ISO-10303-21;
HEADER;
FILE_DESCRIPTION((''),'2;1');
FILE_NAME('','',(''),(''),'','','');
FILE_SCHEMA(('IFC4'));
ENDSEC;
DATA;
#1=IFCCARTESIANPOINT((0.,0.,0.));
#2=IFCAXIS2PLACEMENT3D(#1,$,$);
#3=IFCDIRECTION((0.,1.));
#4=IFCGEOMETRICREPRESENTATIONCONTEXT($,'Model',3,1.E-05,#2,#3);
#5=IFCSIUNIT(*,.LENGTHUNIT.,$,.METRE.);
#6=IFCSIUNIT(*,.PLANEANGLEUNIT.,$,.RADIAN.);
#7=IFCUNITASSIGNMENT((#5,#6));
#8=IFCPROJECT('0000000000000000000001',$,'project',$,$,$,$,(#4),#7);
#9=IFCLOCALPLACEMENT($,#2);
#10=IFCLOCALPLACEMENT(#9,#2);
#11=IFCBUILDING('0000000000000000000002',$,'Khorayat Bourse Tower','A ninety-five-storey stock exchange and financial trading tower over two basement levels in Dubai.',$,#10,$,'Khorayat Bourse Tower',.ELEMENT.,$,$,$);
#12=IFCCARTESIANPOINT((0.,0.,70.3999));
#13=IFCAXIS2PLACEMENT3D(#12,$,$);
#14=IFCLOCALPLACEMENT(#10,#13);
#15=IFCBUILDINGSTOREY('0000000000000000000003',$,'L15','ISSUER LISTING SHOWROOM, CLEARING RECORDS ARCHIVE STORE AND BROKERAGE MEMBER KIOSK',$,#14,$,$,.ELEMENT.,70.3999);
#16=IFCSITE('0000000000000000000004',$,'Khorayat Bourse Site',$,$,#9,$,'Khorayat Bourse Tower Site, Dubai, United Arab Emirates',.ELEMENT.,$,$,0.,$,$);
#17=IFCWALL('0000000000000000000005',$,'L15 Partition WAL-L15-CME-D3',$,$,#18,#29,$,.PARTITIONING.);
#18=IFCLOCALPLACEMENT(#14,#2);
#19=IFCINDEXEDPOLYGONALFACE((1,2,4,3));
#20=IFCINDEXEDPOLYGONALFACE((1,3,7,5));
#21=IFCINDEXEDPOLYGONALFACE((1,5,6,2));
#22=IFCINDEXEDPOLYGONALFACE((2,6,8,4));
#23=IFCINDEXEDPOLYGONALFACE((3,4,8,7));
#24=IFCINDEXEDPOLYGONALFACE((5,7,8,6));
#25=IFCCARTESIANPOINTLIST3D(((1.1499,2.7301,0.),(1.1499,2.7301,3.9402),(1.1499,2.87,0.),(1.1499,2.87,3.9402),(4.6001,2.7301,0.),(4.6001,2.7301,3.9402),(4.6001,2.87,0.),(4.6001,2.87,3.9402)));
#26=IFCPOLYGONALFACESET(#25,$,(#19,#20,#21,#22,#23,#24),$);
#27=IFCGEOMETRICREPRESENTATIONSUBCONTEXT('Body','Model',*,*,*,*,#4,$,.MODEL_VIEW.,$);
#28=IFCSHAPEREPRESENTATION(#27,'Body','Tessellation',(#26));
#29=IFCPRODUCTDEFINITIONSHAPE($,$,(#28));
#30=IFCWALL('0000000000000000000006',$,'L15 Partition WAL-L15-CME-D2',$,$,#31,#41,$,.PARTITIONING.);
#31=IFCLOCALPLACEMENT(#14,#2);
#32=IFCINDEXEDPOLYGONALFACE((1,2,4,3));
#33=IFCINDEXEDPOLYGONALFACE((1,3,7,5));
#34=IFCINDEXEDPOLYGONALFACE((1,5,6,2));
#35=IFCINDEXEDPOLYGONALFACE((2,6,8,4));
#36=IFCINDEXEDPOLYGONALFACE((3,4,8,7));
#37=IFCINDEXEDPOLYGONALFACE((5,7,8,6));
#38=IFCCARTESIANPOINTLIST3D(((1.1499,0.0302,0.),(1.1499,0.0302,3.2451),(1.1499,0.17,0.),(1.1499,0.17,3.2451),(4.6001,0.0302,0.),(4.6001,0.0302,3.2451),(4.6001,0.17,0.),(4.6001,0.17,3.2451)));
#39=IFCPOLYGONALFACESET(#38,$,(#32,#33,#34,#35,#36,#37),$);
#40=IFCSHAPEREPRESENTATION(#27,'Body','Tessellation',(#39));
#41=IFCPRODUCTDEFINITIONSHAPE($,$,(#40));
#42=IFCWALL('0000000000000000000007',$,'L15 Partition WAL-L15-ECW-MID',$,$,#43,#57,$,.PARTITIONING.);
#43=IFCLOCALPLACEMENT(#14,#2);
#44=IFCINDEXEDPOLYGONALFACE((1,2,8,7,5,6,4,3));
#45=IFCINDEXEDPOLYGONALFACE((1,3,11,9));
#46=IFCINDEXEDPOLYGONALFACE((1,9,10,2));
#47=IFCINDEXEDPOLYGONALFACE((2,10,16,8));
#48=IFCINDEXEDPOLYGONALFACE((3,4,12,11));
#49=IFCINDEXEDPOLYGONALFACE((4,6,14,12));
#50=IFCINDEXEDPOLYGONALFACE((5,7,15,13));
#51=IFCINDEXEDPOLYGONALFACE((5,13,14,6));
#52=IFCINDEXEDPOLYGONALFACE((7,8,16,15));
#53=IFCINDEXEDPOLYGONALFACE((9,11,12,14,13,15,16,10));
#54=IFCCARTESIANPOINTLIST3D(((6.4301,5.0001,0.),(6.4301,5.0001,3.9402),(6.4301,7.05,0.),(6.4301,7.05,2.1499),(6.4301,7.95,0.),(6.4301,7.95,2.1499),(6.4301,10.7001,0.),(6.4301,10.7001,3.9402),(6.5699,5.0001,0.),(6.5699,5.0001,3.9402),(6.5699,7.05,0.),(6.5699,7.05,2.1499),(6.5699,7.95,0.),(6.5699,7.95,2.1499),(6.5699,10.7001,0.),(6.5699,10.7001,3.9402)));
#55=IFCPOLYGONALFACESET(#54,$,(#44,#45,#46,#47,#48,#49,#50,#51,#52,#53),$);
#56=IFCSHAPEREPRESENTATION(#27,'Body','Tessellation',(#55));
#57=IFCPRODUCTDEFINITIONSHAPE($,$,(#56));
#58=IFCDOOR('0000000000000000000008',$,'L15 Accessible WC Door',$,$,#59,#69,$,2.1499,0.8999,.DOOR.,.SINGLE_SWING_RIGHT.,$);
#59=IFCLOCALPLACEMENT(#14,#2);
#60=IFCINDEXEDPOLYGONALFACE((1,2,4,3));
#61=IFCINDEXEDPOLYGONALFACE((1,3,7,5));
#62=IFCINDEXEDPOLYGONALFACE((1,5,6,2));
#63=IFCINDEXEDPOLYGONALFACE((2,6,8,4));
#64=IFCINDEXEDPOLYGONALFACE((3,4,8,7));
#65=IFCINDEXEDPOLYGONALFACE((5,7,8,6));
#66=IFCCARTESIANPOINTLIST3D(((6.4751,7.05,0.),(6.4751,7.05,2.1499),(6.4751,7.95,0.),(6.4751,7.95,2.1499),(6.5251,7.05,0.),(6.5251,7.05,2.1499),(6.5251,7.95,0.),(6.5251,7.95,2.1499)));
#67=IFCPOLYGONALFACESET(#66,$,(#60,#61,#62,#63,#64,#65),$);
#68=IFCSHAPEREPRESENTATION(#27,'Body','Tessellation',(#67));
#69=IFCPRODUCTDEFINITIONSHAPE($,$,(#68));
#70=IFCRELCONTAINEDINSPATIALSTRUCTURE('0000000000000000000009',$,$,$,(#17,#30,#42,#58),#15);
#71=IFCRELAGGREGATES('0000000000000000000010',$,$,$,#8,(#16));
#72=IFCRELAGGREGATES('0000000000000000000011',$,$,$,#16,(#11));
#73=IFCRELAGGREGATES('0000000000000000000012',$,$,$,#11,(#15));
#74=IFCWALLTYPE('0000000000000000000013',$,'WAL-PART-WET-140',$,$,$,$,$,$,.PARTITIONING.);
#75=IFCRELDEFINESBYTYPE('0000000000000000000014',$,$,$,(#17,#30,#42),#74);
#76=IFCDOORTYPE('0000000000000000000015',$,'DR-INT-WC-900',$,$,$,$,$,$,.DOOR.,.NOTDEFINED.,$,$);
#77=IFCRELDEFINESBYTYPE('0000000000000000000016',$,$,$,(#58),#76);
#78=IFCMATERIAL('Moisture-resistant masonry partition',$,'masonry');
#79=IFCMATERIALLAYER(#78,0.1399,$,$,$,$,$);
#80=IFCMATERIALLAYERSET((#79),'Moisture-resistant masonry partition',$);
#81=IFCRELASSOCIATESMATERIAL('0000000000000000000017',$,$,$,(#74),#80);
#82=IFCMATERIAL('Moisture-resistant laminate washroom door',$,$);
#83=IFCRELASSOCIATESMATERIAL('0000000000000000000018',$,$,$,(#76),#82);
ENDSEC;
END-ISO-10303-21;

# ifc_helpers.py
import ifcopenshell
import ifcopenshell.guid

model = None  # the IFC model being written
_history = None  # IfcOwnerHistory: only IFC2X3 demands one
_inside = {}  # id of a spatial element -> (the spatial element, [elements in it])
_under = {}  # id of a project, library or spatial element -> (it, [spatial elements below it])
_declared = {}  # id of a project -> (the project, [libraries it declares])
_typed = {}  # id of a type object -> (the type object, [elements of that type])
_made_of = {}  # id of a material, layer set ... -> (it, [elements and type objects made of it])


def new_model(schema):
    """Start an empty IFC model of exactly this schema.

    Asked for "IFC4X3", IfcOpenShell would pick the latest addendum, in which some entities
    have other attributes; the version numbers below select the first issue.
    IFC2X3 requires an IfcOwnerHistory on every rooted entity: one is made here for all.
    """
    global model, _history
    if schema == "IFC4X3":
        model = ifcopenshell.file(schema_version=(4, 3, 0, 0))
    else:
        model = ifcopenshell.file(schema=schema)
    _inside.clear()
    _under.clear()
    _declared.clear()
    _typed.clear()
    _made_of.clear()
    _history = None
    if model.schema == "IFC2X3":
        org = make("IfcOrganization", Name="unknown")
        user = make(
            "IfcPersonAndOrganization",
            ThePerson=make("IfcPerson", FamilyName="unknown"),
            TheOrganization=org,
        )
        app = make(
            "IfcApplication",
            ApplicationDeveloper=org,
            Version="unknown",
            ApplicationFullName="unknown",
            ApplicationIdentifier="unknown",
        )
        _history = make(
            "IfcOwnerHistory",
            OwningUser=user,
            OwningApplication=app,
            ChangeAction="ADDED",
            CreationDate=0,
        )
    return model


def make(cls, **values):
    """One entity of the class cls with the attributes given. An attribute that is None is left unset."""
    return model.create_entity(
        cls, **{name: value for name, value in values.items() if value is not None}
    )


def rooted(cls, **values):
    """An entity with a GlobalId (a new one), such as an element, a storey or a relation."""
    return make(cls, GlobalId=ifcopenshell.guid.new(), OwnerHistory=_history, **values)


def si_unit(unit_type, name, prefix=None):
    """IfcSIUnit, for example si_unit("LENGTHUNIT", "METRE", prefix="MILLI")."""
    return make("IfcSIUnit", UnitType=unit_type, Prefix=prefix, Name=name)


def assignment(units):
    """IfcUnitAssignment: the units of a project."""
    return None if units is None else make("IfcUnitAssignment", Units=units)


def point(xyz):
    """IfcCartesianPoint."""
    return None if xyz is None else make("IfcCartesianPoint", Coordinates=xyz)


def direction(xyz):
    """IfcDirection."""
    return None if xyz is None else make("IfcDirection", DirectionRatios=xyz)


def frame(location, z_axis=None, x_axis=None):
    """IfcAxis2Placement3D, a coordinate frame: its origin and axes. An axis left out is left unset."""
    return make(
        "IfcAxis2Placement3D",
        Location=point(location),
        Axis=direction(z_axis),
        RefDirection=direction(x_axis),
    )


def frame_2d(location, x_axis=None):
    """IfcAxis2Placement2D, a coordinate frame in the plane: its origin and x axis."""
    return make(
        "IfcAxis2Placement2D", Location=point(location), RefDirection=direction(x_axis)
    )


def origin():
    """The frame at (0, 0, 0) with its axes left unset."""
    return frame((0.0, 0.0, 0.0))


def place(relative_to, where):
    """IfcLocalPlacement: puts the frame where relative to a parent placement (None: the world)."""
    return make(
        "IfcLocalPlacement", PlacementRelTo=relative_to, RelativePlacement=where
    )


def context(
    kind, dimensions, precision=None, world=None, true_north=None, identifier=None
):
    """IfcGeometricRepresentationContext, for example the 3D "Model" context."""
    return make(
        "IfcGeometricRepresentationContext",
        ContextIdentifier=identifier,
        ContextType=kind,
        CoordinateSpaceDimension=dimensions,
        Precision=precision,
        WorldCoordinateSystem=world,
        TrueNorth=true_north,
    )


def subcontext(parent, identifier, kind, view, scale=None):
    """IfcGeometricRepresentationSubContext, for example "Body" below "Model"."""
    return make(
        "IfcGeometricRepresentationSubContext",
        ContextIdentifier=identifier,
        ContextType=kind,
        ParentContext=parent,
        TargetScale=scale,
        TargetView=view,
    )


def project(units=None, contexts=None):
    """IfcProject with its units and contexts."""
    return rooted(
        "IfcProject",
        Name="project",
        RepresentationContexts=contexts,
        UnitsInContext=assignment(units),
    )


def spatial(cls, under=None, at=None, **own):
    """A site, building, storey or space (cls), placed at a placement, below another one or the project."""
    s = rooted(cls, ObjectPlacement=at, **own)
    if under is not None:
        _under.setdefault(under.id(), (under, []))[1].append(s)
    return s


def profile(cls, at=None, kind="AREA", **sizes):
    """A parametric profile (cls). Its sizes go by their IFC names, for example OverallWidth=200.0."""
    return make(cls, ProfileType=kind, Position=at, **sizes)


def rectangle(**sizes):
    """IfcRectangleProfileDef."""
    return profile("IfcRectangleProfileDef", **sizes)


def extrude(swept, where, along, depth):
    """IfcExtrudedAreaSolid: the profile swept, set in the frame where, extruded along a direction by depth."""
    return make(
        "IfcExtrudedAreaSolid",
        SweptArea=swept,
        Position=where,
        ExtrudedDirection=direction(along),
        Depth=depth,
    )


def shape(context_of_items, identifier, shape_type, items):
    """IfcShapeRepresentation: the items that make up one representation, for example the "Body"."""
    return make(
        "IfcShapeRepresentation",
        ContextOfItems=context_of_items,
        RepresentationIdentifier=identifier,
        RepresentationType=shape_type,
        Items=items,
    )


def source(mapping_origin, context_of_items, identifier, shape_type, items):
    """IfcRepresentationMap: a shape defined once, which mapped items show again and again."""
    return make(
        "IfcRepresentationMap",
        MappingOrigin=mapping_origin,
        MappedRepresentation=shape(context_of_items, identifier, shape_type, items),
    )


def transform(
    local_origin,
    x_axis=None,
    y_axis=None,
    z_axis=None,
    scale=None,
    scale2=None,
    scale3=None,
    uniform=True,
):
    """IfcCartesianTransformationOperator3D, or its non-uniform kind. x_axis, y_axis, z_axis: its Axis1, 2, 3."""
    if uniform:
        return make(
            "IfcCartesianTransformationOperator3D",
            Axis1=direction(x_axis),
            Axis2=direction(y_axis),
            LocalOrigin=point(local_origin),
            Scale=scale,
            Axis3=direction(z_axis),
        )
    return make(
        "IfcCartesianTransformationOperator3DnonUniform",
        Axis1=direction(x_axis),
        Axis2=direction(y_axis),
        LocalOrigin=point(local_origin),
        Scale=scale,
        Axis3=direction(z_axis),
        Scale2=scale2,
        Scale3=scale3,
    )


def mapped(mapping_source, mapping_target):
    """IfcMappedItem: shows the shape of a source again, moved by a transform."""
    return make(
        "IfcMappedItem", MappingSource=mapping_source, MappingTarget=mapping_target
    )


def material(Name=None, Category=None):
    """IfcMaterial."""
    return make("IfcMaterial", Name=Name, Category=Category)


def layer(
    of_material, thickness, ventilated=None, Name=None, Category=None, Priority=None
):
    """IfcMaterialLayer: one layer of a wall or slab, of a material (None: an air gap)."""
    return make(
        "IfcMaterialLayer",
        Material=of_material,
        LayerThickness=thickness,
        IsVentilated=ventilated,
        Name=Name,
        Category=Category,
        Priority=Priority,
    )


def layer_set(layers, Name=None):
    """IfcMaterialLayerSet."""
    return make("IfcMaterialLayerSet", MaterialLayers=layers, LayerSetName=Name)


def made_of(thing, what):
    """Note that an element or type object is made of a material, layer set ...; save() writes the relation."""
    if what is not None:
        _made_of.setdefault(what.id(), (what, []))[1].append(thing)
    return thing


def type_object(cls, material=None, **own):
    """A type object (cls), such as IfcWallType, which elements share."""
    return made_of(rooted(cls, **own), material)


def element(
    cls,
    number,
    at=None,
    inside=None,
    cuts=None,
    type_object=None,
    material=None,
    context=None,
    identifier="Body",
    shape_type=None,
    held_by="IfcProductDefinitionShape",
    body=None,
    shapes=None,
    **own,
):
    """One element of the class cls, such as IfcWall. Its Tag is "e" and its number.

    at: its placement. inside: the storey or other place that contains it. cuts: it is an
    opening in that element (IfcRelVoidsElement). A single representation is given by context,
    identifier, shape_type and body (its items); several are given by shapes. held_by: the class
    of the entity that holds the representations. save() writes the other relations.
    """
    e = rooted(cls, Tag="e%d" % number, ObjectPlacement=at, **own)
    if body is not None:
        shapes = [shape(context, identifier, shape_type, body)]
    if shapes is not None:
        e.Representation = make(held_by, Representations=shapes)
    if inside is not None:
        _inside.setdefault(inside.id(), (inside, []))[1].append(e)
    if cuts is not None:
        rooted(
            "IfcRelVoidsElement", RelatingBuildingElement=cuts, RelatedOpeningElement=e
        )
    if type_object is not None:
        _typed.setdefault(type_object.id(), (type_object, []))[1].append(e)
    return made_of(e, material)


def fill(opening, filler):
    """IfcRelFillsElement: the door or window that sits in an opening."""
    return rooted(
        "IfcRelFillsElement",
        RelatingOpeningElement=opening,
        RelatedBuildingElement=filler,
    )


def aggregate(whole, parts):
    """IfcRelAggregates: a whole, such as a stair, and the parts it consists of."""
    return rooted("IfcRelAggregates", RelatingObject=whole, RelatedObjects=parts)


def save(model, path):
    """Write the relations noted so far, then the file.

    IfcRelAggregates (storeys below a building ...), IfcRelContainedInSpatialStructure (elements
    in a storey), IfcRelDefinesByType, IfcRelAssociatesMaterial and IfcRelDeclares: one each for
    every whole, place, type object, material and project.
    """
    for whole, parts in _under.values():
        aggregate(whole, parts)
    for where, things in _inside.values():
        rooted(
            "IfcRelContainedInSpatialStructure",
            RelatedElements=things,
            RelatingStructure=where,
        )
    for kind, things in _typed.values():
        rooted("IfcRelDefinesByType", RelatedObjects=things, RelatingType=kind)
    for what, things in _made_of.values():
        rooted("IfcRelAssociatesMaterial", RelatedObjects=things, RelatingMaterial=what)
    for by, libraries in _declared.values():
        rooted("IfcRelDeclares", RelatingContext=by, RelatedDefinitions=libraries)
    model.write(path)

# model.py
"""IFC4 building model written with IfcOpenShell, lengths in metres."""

from ifc_helpers import new_model, si_unit, direction, frame, frame_2d, origin, place, context, subcontext, project, spatial, rectangle, extrude, source, transform, mapped, material, layer, layer_set, type_object, element, fill, save


model = new_model("IFC4")

# Units and contexts
model_context = context("Model", 3, precision=1e-05, world=origin(), true_north=direction((0.0, 1.0)))
body_context = subcontext(model_context, "Body", "Model", "MODEL_VIEW")
ifc_project = project(units=[si_unit("LENGTHUNIT", "METRE"), si_unit("PLANEANGLEUNIT", "RADIAN")], contexts=[model_context])

# Site, building, storey
site_placement = place(None, origin())
site = spatial("IfcSite", under=ifc_project, at=site_placement, Name="Khorayat Bourse Site", LongName="Khorayat Bourse Tower Site, Dubai, United Arab Emirates", CompositionType="ELEMENT", RefElevation=0.0)
building_placement = place(site_placement, origin())
building = spatial("IfcBuilding", under=site, at=building_placement, Name="Khorayat Bourse Tower", Description="A ninety-five-storey stock exchange and financial trading tower over two basement levels in Dubai.", LongName="Khorayat Bourse Tower", CompositionType="ELEMENT")
storey_placement = place(building_placement, frame((0.0, 0.0, 70.3999)))
storey = spatial("IfcBuildingStorey", under=building, at=storey_placement, Name="L15", Description="ISSUER LISTING SHOWROOM, CLEARING RECORDS ARCHIVE STORE AND BROKERAGE MEMBER KIOSK", CompositionType="ELEMENT", Elevation=70.3999)

# Shared definitions
ifc_material_1 = material(Name="Moisture-resistant masonry partition", Category="masonry")
ifc_layer_1 = layer(ifc_material_1, 0.1399)
ifc_layer_set_1 = layer_set([ifc_layer_1], Name="Moisture-resistant masonry partition")
wall_type_1 = type_object("IfcWallType", Name="WAL-PART-WET-140", PredefinedType="PARTITIONING", material=ifc_layer_set_1)

# Shared definitions
shared_shape_1 = source(origin(), body_context, "Body", "SweptSolid", [
    extrude(rectangle(XDim=0.8999, YDim=2.1499, at=frame_2d((0.45, 1.075))), frame((0.0, 0.0798, 0.0), z_axis=(0.0, -1.0, 0.0), x_axis=(1.0, 0.0, 0.0)), (0.0, 0.0, 1.0), 0.1599),
])
ifc_material_2 = material(Name="Moisture-resistant laminate washroom door")
door_type = type_object("IfcDoorType", Name="DR-INT-WC-900", OperationType="NOTDEFINED", PredefinedType="DOOR", material=ifc_material_2)
shared_shape_2 = source(origin(), body_context, "Body", "SweptSolid", [
    extrude(rectangle(XDim=0.8999, YDim=2.1499, at=frame_2d((0.45, 1.075))), frame((0.0, 0.0249, 0.0), z_axis=(0.0, -1.0, 0.0), x_axis=(1.0, 0.0, 0.0)), (0.0, 0.0, 1.0), 0.05),
])

# Walls
shared_shape_3 = source(origin(), body_context, "Body", "SweptSolid", [
    extrude(rectangle(XDim=3.4502, YDim=0.1399, at=frame_2d((1.7251, 0.0))), origin(), (0.0, 0.0, 1.0), 3.9402),
])
wall_1_placement = place(storey_placement, frame((1.1499, 2.8, 0.0), z_axis=(0.0, 0.0, 1.0), x_axis=(1.0, 0.0, 0.0)))
element("IfcWall", 1, at=wall_1_placement, inside=storey, type_object=wall_type_1, Name="L15 Partition WAL-L15-CME-D3", PredefinedType="PARTITIONING", context=body_context, shape_type="MappedRepresentation", body=[
    mapped(shared_shape_3, transform((0.0, 0.0, 0.0), scale=1.0)),
])
shared_shape_4 = source(origin(), body_context, "Body", "SweptSolid", [
    extrude(rectangle(XDim=3.4502, YDim=0.1399, at=frame_2d((1.7251, 0.0))), origin(), (0.0, 0.0, 1.0), 3.2451),
])
wall_2_placement = place(storey_placement, frame((1.1499, 0.1001, 0.0), z_axis=(0.0, 0.0, 1.0), x_axis=(1.0, 0.0, 0.0)))
element("IfcWall", 2, at=wall_2_placement, inside=storey, type_object=wall_type_1, Name="L15 Partition WAL-L15-CME-D2", PredefinedType="PARTITIONING", context=body_context, shape_type="MappedRepresentation", body=[
    mapped(shared_shape_4, transform((0.0, 0.0, 0.0), scale=1.0)),
])

# Wall, opening, door
shared_shape_5 = source(origin(), body_context, "Body", "SweptSolid", [
    extrude(rectangle(XDim=5.7, YDim=0.1399, at=frame_2d((2.8501, 0.0))), origin(), (0.0, 0.0, 1.0), 3.9402),
])
wall_3_placement = place(storey_placement, frame((6.5, 5.0, 0.0), z_axis=(0.0, 0.0, 1.0), x_axis=(0.0, 1.0, 0.0)))
wall_3 = element("IfcWall", 3, at=wall_3_placement, inside=storey, type_object=wall_type_1, Name="L15 Partition WAL-L15-ECW-MID", PredefinedType="PARTITIONING", context=body_context, shape_type="MappedRepresentation", body=[
    mapped(shared_shape_5, transform((0.0, 0.0, 0.0), scale=1.0)),
])
opening_1_placement = place(wall_3_placement, frame((2.05, 0.0, 0.0)))
opening_1 = element("IfcOpeningElement", 4, at=opening_1_placement, cuts=wall_3, PredefinedType="OPENING", context=body_context, shape_type="MappedRepresentation", body=[
    mapped(shared_shape_1, transform((0.0, 0.0, 0.0), scale=1.0)),
])
door_1_placement = place(opening_1_placement, origin())
door_1 = element("IfcDoor", 5, at=door_1_placement, inside=storey, type_object=door_type, Name="L15 Accessible WC Door", OperationType="SINGLE_SWING_RIGHT", OverallHeight=2.1499, OverallWidth=0.8999, PredefinedType="DOOR", context=body_context, shape_type="MappedRepresentation", body=[
    mapped(shared_shape_2, transform((0.0, 0.0, 0.0), scale=1.0)),
])
fill(opening_1, door_1)

save(model, "model.ifc")
